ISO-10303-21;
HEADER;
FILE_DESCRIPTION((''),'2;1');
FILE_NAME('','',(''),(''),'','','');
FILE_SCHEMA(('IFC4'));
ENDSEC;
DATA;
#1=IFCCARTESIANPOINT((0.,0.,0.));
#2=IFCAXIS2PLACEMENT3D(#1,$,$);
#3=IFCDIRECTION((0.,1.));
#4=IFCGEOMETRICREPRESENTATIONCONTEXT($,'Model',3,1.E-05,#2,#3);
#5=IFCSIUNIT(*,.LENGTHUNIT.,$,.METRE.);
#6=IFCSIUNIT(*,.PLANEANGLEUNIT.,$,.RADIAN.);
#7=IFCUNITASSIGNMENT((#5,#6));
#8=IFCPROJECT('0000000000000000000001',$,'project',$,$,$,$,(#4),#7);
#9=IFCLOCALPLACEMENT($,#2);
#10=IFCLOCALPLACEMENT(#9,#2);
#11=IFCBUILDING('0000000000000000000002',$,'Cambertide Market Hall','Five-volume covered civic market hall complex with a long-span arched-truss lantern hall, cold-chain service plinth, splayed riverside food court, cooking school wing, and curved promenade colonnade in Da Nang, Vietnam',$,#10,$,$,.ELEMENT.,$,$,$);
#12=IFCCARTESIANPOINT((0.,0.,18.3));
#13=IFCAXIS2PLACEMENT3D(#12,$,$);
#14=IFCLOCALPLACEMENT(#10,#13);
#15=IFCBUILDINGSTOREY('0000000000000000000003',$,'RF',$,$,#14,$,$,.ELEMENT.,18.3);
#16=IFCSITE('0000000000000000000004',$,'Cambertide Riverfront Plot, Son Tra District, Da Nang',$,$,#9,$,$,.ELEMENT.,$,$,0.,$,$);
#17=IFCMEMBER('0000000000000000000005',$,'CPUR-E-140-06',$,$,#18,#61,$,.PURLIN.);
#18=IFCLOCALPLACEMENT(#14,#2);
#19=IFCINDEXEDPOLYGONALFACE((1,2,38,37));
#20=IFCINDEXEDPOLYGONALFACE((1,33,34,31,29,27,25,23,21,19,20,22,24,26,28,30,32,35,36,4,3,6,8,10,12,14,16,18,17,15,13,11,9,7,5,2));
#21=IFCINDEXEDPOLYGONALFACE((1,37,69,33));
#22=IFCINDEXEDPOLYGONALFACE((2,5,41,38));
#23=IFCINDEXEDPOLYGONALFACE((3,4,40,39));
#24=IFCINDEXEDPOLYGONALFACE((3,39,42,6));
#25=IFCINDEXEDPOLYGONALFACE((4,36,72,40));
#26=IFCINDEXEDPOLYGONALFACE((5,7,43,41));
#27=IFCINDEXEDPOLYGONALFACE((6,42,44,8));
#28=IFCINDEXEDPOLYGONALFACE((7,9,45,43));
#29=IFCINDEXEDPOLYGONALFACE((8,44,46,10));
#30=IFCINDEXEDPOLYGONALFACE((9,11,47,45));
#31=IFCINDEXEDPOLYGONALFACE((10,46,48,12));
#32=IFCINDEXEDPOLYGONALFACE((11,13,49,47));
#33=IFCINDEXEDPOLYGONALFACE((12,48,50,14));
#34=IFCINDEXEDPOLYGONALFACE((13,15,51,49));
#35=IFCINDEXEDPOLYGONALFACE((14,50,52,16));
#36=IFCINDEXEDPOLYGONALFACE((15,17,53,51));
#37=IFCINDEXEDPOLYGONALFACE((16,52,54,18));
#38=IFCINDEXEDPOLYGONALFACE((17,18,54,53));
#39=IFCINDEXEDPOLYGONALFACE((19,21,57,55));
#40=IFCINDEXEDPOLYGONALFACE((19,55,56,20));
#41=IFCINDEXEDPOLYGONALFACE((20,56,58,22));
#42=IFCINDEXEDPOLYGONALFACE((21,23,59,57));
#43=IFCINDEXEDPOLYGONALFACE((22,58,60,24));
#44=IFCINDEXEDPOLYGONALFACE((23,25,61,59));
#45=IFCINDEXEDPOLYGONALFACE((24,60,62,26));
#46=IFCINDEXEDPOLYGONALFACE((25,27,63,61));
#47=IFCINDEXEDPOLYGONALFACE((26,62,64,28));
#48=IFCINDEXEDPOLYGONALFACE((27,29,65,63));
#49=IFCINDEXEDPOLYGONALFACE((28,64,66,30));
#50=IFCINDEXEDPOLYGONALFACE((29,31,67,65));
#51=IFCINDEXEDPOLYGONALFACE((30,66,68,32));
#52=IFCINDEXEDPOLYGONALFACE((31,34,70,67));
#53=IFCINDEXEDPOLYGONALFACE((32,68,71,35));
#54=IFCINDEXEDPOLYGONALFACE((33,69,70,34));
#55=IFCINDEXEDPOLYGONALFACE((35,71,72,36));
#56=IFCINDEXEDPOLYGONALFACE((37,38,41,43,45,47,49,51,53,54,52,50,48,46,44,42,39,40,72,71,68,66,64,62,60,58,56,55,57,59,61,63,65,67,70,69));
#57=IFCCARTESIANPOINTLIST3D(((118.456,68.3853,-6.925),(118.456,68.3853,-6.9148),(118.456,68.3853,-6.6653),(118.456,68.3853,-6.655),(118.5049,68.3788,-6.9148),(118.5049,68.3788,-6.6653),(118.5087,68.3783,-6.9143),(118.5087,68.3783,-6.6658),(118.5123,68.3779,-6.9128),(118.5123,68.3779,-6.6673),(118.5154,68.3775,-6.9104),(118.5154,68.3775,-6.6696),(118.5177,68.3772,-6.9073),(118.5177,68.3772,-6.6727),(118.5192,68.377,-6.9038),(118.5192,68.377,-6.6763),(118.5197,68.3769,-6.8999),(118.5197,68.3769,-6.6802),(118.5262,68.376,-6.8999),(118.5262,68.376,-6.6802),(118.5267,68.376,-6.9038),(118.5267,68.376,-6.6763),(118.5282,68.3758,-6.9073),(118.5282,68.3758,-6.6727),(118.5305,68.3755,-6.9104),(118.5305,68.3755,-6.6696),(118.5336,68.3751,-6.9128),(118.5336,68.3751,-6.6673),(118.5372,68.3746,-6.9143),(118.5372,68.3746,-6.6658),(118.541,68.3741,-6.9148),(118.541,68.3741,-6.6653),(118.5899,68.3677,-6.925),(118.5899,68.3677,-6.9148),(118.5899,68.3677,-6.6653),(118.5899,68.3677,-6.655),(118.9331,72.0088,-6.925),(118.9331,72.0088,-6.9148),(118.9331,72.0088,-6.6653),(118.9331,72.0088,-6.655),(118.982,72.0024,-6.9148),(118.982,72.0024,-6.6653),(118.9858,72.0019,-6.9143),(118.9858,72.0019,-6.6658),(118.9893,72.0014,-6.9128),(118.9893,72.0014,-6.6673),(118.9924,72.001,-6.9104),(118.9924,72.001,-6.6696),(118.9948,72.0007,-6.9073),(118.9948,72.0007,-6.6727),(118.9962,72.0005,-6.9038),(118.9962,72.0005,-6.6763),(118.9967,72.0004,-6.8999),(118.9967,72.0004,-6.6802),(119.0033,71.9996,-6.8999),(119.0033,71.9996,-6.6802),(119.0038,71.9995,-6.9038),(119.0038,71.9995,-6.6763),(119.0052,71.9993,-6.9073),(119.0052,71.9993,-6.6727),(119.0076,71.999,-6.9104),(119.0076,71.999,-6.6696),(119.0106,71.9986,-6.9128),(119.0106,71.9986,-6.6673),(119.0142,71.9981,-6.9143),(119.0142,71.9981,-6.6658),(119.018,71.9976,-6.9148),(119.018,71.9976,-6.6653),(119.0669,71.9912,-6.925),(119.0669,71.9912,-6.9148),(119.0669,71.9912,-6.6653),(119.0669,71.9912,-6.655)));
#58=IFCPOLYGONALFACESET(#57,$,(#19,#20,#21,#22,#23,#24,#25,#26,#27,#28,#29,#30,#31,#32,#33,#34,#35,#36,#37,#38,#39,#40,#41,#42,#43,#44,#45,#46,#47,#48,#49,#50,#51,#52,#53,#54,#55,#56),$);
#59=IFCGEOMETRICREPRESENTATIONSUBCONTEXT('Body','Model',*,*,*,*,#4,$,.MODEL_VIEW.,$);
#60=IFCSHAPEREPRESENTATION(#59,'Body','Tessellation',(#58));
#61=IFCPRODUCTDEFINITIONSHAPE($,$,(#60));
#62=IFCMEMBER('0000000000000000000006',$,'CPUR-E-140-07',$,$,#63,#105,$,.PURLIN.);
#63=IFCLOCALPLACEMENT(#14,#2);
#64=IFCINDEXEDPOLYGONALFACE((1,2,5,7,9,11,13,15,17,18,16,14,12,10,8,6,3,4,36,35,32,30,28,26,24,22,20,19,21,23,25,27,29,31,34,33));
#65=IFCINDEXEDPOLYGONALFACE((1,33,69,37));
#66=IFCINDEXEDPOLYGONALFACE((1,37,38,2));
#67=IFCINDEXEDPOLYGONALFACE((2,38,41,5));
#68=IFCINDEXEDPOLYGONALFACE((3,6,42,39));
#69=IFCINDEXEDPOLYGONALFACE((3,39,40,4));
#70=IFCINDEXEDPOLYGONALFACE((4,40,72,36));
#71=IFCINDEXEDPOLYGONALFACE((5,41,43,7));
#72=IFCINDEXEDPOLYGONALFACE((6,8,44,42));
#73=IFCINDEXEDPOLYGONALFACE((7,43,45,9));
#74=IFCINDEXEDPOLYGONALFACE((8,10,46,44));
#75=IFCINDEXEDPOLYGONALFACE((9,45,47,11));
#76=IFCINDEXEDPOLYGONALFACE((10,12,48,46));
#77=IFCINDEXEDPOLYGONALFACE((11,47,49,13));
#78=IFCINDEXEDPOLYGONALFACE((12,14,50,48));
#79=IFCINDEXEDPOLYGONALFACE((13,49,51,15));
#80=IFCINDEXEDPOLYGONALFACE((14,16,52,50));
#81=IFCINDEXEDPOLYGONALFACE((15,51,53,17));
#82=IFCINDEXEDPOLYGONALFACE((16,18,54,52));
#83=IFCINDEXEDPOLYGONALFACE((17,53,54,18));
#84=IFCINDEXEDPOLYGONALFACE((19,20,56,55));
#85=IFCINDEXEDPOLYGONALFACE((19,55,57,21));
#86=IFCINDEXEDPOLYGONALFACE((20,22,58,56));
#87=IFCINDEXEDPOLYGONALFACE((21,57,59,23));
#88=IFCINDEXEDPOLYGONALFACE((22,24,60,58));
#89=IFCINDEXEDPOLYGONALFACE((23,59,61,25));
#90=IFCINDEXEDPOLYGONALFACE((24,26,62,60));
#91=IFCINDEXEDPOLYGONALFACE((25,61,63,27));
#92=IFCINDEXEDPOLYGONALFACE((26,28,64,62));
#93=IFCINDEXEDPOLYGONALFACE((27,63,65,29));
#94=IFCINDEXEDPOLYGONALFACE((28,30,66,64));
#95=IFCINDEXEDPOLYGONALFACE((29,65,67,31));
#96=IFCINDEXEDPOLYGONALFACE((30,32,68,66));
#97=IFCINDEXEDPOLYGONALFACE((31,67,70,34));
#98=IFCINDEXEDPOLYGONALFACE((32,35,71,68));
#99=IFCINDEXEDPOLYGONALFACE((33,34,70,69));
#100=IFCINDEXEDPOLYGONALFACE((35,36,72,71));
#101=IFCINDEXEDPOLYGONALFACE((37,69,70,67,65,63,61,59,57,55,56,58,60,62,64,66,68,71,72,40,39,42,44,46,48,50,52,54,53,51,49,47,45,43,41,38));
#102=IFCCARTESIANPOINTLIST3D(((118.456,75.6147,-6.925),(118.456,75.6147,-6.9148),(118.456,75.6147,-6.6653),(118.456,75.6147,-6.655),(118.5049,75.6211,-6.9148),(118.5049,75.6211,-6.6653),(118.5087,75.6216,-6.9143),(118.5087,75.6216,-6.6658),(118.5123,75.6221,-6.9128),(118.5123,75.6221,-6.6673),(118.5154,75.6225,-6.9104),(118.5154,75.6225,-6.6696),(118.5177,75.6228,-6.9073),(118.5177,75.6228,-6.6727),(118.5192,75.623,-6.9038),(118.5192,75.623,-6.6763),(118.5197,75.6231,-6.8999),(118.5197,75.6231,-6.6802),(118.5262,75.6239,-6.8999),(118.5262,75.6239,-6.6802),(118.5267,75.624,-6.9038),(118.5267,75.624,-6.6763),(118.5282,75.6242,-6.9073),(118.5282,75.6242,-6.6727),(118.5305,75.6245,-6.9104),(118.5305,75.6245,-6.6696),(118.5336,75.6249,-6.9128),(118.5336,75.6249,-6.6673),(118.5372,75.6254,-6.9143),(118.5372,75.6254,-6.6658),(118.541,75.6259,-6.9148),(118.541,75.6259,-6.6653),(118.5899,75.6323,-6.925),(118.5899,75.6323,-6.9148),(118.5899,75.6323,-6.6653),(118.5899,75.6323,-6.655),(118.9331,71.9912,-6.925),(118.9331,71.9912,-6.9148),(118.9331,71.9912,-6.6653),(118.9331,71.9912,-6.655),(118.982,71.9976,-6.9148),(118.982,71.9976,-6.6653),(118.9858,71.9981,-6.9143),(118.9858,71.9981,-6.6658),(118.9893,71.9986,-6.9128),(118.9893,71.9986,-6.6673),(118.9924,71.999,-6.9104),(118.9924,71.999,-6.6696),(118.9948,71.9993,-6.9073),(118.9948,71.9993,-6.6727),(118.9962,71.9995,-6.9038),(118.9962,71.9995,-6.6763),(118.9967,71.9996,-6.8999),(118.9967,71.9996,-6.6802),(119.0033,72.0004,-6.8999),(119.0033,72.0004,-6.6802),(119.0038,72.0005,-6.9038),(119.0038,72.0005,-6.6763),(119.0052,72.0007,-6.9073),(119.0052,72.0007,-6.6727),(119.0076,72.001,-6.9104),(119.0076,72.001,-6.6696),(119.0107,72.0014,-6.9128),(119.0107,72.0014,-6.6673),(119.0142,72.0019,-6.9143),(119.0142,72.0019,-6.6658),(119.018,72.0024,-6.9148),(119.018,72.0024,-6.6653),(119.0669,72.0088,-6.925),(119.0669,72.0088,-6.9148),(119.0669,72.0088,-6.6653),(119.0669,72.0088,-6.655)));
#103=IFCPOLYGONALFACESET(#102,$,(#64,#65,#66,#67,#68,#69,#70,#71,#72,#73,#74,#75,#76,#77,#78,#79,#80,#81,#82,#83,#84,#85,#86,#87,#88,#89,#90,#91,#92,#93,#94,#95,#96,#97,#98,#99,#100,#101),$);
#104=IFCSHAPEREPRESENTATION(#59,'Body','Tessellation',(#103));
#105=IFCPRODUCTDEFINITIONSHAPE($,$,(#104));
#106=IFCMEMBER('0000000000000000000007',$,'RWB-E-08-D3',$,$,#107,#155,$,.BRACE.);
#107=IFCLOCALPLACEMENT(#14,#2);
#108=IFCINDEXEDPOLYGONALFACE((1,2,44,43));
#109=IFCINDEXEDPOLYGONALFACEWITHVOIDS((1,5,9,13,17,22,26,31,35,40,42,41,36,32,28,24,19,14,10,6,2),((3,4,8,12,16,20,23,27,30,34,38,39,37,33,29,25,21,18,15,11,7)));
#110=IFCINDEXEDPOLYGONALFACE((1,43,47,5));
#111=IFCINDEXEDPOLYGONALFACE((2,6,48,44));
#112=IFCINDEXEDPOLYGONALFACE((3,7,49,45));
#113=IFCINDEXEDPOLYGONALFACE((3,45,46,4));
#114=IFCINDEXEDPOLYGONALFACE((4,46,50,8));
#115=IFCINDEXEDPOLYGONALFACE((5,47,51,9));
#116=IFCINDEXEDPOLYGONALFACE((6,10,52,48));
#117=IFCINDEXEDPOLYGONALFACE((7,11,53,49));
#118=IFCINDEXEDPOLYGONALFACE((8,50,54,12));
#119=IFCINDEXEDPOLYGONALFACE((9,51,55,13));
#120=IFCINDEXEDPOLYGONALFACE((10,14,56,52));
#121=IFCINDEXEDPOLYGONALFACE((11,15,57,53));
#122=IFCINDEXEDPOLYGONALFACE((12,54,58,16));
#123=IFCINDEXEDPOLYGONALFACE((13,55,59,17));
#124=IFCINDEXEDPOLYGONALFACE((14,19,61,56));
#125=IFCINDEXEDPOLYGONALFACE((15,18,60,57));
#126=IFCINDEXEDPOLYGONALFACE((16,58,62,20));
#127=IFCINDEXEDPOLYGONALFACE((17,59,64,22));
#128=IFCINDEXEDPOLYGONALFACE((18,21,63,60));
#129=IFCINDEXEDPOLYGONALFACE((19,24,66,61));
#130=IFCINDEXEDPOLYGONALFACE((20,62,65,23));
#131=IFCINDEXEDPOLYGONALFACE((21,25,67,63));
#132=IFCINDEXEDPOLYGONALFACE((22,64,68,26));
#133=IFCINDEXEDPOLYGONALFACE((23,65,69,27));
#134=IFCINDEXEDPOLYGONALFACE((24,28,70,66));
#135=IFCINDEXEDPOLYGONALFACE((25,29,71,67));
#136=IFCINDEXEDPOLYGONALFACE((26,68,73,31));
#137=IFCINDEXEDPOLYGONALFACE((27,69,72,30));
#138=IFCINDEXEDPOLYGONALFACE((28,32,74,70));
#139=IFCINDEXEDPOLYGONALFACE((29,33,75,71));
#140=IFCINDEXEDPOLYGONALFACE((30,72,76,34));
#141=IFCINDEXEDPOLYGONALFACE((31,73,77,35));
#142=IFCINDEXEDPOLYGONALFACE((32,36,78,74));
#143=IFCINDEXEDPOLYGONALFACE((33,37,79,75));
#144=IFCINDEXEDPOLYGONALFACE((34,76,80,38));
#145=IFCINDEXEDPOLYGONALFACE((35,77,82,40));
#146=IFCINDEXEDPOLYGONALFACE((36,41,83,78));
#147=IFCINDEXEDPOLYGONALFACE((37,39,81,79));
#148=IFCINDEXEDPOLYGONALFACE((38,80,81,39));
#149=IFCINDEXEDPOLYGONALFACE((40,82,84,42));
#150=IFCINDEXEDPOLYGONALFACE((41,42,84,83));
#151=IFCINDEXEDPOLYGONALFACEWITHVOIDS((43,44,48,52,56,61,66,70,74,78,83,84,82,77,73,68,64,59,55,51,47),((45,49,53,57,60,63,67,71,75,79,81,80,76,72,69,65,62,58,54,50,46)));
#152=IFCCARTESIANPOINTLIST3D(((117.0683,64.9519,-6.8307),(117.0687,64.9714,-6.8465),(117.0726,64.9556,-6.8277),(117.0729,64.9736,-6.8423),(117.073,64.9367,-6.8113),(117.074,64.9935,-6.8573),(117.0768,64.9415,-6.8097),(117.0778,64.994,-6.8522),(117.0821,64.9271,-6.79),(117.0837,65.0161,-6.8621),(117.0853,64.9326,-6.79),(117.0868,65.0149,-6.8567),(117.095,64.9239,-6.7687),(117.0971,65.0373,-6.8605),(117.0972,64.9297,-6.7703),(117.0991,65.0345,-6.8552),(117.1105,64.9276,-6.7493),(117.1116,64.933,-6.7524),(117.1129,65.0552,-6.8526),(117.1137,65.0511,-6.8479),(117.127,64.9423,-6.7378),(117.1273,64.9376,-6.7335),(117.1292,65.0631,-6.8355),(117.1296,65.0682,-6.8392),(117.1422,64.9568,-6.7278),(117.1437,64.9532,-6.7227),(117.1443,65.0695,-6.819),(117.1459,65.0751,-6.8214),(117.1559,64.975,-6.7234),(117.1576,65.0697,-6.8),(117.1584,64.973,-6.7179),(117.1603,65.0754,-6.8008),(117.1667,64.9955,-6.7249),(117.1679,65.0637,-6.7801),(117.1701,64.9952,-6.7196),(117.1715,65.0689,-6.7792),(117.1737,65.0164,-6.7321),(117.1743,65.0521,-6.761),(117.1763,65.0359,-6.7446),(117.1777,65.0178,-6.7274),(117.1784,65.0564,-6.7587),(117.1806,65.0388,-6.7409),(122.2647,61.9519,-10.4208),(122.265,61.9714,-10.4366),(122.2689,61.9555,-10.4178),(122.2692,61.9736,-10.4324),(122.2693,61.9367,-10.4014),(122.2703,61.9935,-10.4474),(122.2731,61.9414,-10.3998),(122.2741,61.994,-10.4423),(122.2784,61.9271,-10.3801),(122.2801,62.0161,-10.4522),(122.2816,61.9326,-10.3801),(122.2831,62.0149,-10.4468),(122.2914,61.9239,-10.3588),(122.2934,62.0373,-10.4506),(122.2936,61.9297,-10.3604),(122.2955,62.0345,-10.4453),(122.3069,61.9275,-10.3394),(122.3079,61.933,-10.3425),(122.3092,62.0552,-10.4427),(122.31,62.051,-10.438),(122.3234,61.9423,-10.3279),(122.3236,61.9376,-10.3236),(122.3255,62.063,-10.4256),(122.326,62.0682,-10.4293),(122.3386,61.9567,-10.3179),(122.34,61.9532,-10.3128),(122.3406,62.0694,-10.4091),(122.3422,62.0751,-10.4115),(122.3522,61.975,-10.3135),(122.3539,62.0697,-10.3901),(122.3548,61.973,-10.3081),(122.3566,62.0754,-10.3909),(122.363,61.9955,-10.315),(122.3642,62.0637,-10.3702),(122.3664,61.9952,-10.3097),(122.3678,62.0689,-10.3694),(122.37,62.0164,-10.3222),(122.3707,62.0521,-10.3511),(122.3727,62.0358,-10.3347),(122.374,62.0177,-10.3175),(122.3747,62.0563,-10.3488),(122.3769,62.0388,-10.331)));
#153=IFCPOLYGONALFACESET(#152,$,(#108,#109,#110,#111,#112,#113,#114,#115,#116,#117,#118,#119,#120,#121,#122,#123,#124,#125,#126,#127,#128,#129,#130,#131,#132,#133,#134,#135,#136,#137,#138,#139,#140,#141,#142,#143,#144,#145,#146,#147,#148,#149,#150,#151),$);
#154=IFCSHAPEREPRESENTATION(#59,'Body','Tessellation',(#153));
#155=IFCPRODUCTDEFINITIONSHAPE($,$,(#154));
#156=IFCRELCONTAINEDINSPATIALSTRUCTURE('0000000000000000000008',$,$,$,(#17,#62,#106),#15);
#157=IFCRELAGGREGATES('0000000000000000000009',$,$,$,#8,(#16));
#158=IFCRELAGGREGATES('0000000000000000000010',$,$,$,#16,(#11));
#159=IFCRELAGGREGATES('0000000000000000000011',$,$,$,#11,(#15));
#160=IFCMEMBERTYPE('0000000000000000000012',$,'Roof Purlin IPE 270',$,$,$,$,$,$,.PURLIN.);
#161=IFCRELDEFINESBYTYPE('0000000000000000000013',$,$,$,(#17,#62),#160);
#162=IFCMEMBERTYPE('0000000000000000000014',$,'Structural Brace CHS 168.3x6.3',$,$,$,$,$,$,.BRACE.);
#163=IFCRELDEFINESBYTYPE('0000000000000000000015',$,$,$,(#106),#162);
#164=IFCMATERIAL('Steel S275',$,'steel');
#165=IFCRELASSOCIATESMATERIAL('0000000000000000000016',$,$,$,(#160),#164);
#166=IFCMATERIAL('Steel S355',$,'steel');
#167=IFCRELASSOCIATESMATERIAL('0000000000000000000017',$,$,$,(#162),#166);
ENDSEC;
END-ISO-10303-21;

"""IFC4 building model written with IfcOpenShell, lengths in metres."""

from ifc_helpers import new_model, si_unit, direction, frame, origin, origin_2d, place, context, subcontext, project, spatial, hollow_circle, i_section, extrude, material, material_profile, profile_set, type_object, element, save


model = new_model("IFC4")

# Units and contexts
model_context = context("Model", 3, precision=1e-05, world=origin(), true_north=direction((0.0, 1.0)))
body_context = subcontext(model_context, "Body", "Model", "MODEL_VIEW")
ifc_project = project(units=[si_unit("LENGTHUNIT", "METRE"), si_unit("PLANEANGLEUNIT", "RADIAN")], contexts=[model_context])

# Site, building, storey
site_placement = place(None, origin())
site = spatial("IfcSite", under=ifc_project, at=site_placement, Name="Cambertide Riverfront Plot, Son Tra District, Da Nang", CompositionType="ELEMENT", RefElevation=0.0)
building_placement = place(site_placement, origin())
building = spatial("IfcBuilding", under=site, at=building_placement, Name="Cambertide Market Hall", Description="Five-volume covered civic market hall complex with a long-span arched-truss lantern hall, cold-chain service plinth, splayed riverside food court, cooking school wing, and curved promenade colonnade in Da Nang, Vietnam", CompositionType="ELEMENT")
storey_placement = place(building_placement, frame((0.0, 0.0, 18.3)))
storey = spatial("IfcBuildingStorey", under=building, at=storey_placement, Name="RF", CompositionType="ELEMENT", Elevation=18.3)

# Members
ifc_material_1 = material(Name="Steel S275", Category="steel")
ifc_material_profile_1 = material_profile(ifc_material_1, i_section(OverallWidth=0.135, OverallDepth=0.27, WebThickness=0.0066, FlangeThickness=0.0103, FilletRadius=0.0149, at=origin_2d()), Name="IPE 270")
ifc_profile_set_1 = profile_set([ifc_material_profile_1], Name="Steel S275")
member_type_1 = type_object("IfcMemberType", Name="Roof Purlin IPE 270", PredefinedType="PURLIN", material=ifc_profile_set_1)
for number, where, z_axis, x_axis, name in (
    (1, (118.5229, 68.3765, -6.79), (0.130527, 0.991445, 0.0), (-0.991445, 0.130527, 0.0), "CPUR-E-140-06"),
    (2, (119.0, 72.0, -6.79), (-0.130527, 0.991445, 0.0), (-0.991445, -0.130527, 0.0), "CPUR-E-140-07"),
):
    element("IfcMember", number, at=place(storey_placement, frame(where, z_axis=z_axis, x_axis=x_axis)), inside=storey, type_object=member_type_1, Name=name, PredefinedType="PURLIN", context=body_context, shape_type="SweptSolid", body=[
        extrude(i_section(OverallWidth=0.135, OverallDepth=0.27, WebThickness=0.0066, FlangeThickness=0.0103, FilletRadius=0.0149, at=origin_2d()), origin(), (0.0, 0.0, 1.0), 3.6548),
    ])
ifc_material_2 = material(Name="Steel S355", Category="steel")
ifc_material_profile_2 = material_profile(ifc_material_2, hollow_circle(Radius=0.0842, WallThickness=0.0063, at=origin_2d()), Name="CHS 168.3x6.3")
ifc_profile_set_2 = profile_set([ifc_material_profile_2], Name="Steel S355")
member_type_2 = type_object("IfcMemberType", Name="Structural Brace CHS 168.3x6.3", PredefinedType="BRACE", material=ifc_profile_set_2)
member_1_placement = place(storey_placement, frame((122.3206, 62.0, -10.3801), z_axis=(-0.74316, 0.429053, 0.513446), x_axis=(-0.49999, -0.866031, 0.0)))
element("IfcMember", 3, at=member_1_placement, inside=storey, type_object=member_type_2, Name="RWB-E-08-D3", PredefinedType="BRACE", context=body_context, shape_type="SweptSolid", body=[
    extrude(hollow_circle(Radius=0.0842, WallThickness=0.0063, at=origin_2d()), origin(), (0.0, 0.0, 1.0), 6.9922),
])

save(model, "model.ifc")
